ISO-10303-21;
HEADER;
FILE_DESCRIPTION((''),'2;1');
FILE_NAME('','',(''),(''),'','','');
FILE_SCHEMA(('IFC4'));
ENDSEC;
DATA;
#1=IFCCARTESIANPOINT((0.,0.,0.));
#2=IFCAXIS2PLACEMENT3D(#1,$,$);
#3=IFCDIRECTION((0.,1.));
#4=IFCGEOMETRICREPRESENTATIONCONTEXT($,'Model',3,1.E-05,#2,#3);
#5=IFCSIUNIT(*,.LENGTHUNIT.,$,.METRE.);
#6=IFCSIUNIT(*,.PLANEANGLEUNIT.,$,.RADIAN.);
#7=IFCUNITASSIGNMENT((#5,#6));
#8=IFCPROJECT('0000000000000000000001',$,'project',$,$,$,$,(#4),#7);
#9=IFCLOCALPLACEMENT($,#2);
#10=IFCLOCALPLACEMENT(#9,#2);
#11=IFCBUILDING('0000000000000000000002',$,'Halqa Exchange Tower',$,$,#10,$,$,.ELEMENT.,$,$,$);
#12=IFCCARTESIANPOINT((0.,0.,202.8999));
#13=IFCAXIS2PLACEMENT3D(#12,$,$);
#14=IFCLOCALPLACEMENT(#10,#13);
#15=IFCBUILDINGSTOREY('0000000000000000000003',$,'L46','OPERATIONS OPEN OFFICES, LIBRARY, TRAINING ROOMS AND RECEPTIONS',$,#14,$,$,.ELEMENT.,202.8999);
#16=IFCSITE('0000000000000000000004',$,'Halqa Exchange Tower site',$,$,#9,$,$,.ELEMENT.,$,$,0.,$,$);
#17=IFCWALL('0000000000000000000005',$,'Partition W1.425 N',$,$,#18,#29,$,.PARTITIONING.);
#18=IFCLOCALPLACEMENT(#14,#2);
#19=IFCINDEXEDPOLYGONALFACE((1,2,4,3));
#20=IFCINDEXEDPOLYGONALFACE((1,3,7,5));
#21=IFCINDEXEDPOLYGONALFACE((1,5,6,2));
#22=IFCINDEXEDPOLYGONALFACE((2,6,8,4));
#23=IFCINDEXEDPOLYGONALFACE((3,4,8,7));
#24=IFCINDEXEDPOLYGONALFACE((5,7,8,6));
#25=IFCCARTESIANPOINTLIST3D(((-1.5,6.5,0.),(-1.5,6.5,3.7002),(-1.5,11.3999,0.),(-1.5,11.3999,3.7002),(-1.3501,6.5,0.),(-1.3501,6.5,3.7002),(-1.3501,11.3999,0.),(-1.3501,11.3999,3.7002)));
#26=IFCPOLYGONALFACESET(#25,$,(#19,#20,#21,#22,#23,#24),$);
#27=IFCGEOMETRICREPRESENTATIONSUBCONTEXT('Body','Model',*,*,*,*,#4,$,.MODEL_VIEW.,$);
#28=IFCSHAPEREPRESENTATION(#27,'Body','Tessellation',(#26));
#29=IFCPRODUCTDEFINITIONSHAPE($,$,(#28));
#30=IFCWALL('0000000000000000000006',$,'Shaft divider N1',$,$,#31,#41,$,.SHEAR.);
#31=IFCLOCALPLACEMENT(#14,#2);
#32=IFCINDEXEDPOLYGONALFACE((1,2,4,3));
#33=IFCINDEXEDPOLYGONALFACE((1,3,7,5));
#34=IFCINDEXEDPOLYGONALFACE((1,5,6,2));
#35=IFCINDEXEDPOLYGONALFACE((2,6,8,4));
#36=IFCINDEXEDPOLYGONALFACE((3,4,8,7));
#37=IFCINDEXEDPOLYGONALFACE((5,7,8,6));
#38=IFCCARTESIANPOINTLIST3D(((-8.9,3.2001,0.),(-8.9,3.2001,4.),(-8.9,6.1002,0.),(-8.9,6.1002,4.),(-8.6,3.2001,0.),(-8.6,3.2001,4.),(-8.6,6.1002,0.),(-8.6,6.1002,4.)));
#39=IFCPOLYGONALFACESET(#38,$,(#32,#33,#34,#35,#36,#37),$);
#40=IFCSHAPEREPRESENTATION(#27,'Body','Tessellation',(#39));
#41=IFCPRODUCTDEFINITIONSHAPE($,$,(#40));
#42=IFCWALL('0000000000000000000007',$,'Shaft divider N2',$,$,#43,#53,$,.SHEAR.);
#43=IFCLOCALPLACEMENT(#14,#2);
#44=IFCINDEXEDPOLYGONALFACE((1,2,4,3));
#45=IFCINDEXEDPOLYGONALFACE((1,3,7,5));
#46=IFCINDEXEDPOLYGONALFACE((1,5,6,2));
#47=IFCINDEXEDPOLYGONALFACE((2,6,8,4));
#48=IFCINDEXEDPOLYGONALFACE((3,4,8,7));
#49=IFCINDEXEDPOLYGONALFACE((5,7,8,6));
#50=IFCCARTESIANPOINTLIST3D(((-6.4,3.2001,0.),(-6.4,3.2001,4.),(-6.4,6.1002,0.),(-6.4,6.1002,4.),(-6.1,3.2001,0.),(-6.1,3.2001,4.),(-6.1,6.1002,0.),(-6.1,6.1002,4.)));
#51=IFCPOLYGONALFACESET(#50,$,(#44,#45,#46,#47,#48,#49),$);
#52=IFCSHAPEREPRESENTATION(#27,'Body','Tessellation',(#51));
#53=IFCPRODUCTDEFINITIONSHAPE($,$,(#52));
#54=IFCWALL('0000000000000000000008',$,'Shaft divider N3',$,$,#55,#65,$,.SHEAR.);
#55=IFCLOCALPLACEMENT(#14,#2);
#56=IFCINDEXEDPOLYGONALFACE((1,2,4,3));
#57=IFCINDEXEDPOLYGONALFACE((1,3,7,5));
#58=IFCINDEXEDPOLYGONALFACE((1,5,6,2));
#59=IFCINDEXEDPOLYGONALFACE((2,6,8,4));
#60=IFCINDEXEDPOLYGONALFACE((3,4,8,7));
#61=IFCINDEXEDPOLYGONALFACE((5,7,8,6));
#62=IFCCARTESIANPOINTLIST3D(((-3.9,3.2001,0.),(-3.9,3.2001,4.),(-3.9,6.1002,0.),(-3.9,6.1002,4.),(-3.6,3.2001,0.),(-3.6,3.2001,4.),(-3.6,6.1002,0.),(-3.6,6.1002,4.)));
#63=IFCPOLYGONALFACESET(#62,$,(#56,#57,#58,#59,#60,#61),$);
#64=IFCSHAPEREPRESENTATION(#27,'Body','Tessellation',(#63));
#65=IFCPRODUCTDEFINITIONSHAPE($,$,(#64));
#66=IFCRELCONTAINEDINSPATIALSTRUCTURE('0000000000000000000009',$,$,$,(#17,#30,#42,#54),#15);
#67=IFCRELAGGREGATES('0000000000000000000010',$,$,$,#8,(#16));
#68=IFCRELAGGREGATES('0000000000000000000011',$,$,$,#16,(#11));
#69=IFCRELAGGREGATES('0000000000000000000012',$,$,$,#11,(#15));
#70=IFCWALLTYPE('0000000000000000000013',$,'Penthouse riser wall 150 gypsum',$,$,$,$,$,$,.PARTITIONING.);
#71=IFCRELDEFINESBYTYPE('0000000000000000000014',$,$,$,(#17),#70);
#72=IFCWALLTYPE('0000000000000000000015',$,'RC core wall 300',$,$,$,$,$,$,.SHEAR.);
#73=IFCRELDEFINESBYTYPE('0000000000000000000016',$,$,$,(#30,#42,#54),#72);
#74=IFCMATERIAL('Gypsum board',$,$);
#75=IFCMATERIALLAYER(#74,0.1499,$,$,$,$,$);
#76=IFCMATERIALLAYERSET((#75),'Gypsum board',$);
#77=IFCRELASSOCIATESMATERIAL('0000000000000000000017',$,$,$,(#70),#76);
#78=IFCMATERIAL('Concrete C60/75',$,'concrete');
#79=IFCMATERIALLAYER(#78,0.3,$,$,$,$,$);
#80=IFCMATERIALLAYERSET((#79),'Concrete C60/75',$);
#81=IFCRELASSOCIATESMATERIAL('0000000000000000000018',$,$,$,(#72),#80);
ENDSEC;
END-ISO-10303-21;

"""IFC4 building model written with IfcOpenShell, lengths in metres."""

from ifc_helpers import new_model, si_unit, direction, frame, frame_2d, origin, place, context, subcontext, project, spatial, rectangle, extrude, material, layer, layer_set, type_object, element, save


model = new_model("IFC4")

# Units and contexts
model_context = context("Model", 3, precision=1e-05, world=origin(), true_north=direction((0.0, 1.0)))
body_context = subcontext(model_context, "Body", "Model", "MODEL_VIEW")
ifc_project = project(units=[si_unit("LENGTHUNIT", "METRE"), si_unit("PLANEANGLEUNIT", "RADIAN")], contexts=[model_context])

# Site, building, storey
site_placement = place(None, origin())
site = spatial("IfcSite", under=ifc_project, at=site_placement, Name="Halqa Exchange Tower site", CompositionType="ELEMENT", RefElevation=0.0)
building_placement = place(site_placement, origin())
building = spatial("IfcBuilding", under=site, at=building_placement, Name="Halqa Exchange Tower", CompositionType="ELEMENT")
storey_placement = place(building_placement, frame((0.0, 0.0, 202.8999)))
storey = spatial("IfcBuildingStorey", under=building, at=storey_placement, Name="L46", Description="OPERATIONS OPEN OFFICES, LIBRARY, TRAINING ROOMS AND RECEPTIONS", CompositionType="ELEMENT", Elevation=202.8999)

# Walls
ifc_material_1 = material(Name="Gypsum board")
ifc_layer_1 = layer(ifc_material_1, 0.1499)
ifc_layer_set_1 = layer_set([ifc_layer_1], Name="Gypsum board")
wall_type_1 = type_object("IfcWallType", Name="Penthouse riser wall 150 gypsum", PredefinedType="PARTITIONING", material=ifc_layer_set_1)
wall_1_placement = place(storey_placement, frame((-1.425, 6.5, 0.0), z_axis=(0.0, 0.0, 1.0), x_axis=(0.0, 1.0, 0.0)))
element("IfcWall", 1, at=wall_1_placement, inside=storey, type_object=wall_type_1, Name="Partition W1.425 N", PredefinedType="PARTITIONING", context=body_context, shape_type="SweptSolid", body=[
    extrude(rectangle(XDim=4.8999, YDim=0.1499, at=frame_2d((2.45, 0.0))), origin(), (0.0, 0.0, 1.0), 3.7002),
])
ifc_material_2 = material(Name="Concrete C60/75", Category="concrete")
ifc_layer_2 = layer(ifc_material_2, 0.3)
ifc_layer_set_2 = layer_set([ifc_layer_2], Name="Concrete C60/75")
wall_type_2 = type_object("IfcWallType", Name="RC core wall 300", PredefinedType="SHEAR", material=ifc_layer_set_2)
for number, where, z_axis, x_axis, name in (
    (2, (-8.75, 3.2, 0.0), (0.0, 0.0, 1.0), (0.0, 1.0, 0.0), "Shaft divider N1"),
    (3, (-6.25, 3.2, 0.0), (0.0, 0.0, 1.0), (0.0, 1.0, 0.0), "Shaft divider N2"),
    (4, (-3.75, 3.2, 0.0), (0.0, 0.0, 1.0), (0.0, 1.0, 0.0), "Shaft divider N3"),
):
    element("IfcWall", number, at=place(storey_placement, frame(where, z_axis=z_axis, x_axis=x_axis)), inside=storey, type_object=wall_type_2, Name=name, PredefinedType="SHEAR", context=body_context, shape_type="SweptSolid", body=[
        extrude(rectangle(XDim=2.9001, YDim=0.3, at=frame_2d((1.4502, 0.0))), origin(), (0.0, 0.0, 1.0), 4.0),
    ])

save(model, "model.ifc")
